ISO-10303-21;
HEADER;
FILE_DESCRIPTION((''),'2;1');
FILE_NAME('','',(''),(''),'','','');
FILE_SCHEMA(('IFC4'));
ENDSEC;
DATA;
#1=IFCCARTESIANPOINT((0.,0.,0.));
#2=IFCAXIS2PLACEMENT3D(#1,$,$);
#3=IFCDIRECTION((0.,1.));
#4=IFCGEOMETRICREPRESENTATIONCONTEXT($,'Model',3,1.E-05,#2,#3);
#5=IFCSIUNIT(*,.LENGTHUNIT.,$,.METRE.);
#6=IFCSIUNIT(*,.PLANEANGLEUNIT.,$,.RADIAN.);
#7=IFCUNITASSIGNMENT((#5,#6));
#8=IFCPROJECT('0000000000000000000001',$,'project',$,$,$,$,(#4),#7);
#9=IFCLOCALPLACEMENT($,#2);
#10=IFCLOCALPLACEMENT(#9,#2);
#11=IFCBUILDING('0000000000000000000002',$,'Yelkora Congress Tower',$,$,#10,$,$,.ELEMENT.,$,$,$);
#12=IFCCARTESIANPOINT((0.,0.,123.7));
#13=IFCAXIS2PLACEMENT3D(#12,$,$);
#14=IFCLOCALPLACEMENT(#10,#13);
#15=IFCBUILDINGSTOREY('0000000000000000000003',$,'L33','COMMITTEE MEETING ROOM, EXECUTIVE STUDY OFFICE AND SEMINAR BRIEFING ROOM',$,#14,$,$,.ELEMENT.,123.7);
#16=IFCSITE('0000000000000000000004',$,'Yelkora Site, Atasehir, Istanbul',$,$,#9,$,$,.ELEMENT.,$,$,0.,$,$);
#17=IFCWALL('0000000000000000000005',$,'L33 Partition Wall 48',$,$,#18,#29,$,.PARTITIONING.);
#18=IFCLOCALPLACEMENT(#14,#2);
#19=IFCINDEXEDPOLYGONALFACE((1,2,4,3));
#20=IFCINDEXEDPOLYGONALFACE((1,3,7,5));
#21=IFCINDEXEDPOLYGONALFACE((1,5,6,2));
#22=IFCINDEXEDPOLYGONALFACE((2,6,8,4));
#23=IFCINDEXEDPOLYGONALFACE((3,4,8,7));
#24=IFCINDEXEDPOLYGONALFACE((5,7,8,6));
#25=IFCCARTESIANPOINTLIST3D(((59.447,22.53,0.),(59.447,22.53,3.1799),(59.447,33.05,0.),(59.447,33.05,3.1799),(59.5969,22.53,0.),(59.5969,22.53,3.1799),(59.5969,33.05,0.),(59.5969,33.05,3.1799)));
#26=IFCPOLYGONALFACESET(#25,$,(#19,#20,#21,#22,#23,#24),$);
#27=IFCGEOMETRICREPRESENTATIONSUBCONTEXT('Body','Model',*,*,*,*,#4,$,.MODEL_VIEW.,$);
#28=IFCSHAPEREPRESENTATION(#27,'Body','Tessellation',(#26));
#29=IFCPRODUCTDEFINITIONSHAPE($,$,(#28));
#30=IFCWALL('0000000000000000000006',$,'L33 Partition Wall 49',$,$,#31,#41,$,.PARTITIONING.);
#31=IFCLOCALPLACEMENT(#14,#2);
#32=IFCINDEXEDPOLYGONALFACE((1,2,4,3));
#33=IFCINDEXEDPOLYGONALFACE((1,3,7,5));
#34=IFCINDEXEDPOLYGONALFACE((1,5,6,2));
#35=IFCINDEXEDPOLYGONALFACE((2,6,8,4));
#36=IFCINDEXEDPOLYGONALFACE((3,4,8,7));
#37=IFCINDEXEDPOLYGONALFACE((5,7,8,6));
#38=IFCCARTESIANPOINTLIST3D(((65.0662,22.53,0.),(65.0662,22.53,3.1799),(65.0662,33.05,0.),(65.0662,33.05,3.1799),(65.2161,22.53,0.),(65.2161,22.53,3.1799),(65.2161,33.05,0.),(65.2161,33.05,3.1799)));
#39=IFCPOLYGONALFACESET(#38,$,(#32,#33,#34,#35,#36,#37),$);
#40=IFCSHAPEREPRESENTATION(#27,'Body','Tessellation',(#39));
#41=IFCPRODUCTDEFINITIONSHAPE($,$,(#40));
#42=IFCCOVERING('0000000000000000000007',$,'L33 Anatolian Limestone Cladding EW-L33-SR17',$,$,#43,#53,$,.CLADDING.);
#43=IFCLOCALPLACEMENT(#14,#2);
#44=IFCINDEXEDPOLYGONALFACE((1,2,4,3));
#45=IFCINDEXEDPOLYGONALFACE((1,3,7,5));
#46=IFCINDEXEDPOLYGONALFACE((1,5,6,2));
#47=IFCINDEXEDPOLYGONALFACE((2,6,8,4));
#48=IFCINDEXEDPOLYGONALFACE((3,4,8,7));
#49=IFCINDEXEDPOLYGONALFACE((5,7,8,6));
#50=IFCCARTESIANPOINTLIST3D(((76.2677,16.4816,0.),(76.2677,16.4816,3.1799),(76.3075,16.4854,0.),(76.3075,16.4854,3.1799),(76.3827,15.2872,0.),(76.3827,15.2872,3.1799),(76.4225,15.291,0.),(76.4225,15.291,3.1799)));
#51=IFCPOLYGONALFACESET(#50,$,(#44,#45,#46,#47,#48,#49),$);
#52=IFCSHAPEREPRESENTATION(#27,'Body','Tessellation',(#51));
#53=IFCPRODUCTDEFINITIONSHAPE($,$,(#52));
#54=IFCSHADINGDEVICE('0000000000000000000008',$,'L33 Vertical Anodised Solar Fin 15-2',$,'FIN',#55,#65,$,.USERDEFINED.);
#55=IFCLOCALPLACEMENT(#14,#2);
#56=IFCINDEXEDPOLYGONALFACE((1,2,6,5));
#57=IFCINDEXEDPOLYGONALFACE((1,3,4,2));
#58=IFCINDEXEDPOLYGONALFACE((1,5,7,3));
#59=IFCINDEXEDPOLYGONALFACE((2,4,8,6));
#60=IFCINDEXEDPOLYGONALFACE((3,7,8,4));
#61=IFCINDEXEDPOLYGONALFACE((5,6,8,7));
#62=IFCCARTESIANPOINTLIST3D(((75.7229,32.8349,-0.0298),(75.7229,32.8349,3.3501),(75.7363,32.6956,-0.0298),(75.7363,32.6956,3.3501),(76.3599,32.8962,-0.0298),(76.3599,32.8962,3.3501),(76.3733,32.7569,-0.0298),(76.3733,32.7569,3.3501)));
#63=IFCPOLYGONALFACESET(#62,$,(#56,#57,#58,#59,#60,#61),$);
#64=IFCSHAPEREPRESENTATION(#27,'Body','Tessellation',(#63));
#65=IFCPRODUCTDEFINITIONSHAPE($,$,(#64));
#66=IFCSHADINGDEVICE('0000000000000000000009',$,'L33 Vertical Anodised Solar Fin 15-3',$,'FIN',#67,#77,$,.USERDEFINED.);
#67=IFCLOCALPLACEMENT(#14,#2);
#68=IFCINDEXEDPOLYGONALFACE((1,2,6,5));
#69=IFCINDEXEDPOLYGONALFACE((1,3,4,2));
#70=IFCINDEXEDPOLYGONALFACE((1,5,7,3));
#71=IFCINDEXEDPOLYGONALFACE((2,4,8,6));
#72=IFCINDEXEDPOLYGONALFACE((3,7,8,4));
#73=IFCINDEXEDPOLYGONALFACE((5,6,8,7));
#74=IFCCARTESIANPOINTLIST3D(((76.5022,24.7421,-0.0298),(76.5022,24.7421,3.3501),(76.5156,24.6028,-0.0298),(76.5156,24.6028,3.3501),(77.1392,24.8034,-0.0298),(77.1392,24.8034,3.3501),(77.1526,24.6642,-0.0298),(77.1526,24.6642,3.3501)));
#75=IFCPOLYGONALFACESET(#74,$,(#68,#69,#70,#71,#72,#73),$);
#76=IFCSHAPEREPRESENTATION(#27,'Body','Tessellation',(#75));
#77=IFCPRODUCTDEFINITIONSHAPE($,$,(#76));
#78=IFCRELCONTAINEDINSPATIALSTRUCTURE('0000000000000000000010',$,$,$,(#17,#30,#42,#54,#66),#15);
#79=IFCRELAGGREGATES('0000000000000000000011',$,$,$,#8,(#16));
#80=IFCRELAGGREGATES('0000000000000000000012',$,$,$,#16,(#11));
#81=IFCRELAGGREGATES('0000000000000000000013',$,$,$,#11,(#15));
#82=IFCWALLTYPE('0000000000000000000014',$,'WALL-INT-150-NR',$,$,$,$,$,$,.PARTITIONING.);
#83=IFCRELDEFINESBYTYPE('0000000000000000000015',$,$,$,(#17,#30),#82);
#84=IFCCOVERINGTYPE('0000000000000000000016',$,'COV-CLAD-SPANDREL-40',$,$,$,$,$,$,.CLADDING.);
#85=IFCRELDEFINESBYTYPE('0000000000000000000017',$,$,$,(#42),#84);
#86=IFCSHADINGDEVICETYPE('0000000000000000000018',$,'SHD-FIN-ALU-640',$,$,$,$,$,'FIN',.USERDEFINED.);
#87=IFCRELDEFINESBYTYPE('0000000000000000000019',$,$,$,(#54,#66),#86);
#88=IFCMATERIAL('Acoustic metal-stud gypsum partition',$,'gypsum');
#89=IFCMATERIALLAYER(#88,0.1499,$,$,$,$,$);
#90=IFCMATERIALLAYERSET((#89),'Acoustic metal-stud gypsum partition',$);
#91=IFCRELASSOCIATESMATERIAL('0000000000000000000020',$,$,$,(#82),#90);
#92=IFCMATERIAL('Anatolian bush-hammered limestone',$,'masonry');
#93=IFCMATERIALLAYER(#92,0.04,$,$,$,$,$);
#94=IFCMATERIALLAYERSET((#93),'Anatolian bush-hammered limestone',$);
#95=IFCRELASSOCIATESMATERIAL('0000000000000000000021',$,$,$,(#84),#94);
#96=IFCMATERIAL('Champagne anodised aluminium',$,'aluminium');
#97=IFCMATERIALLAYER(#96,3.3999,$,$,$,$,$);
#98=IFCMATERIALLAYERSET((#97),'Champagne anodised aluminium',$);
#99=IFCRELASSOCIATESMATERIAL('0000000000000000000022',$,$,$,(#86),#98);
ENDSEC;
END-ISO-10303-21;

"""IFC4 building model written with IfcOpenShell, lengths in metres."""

from ifc_helpers import new_model, si_unit, direction, frame, frame_2d, origin, origin_2d, place, context, subcontext, project, spatial, rectangle, extrude, material, layer, layer_set, type_object, element, save


model = new_model("IFC4")

# Units and contexts
model_context = context("Model", 3, precision=1e-05, world=origin(), true_north=direction((0.0, 1.0)))
body_context = subcontext(model_context, "Body", "Model", "MODEL_VIEW")
ifc_project = project(units=[si_unit("LENGTHUNIT", "METRE"), si_unit("PLANEANGLEUNIT", "RADIAN")], contexts=[model_context])

# Site, building, storey
site_placement = place(None, origin())
site = spatial("IfcSite", under=ifc_project, at=site_placement, Name="Yelkora Site, Atasehir, Istanbul", CompositionType="ELEMENT", RefElevation=0.0)
building_placement = place(site_placement, origin())
building = spatial("IfcBuilding", under=site, at=building_placement, Name="Yelkora Congress Tower", CompositionType="ELEMENT")
storey_placement = place(building_placement, frame((0.0, 0.0, 123.7)))
storey = spatial("IfcBuildingStorey", under=building, at=storey_placement, Name="L33", Description="COMMITTEE MEETING ROOM, EXECUTIVE STUDY OFFICE AND SEMINAR BRIEFING ROOM", CompositionType="ELEMENT", Elevation=123.7)

# Shared definitions
ifc_material_1 = material(Name="Acoustic metal-stud gypsum partition", Category="gypsum")
ifc_layer_1 = layer(ifc_material_1, 0.1499)
ifc_layer_set_1 = layer_set([ifc_layer_1], Name="Acoustic metal-stud gypsum partition")
wall_type_1 = type_object("IfcWallType", Name="WALL-INT-150-NR", PredefinedType="PARTITIONING", material=ifc_layer_set_1)

# Walls
for number, where, z_axis, x_axis, name in (
    (1, (59.522, 22.53, 0.0), (0.0, 0.0, 1.0), (0.0, 1.0, 0.0), "L33 Partition Wall 48"),
    (2, (65.1411, 22.53, 0.0), (0.0, 0.0, 1.0), (0.0, 1.0, 0.0), "L33 Partition Wall 49"),
):
    element("IfcWall", number, at=place(storey_placement, frame(where, z_axis=z_axis, x_axis=x_axis)), inside=storey, type_object=wall_type_1, Name=name, PredefinedType="PARTITIONING", context=body_context, shape_type="SweptSolid", body=[
        extrude(rectangle(XDim=10.52, YDim=0.1499, at=frame_2d((5.26, 0.0))), origin(), (0.0, 0.0, 1.0), 3.1799),
    ])

# Covering
ifc_material_2 = material(Name="Anatolian bush-hammered limestone", Category="masonry")
ifc_layer_2 = layer(ifc_material_2, 0.04)
ifc_layer_set_2 = layer_set([ifc_layer_2], Name="Anatolian bush-hammered limestone")
covering_type = type_object("IfcCoveringType", Name="COV-CLAD-SPANDREL-40", PredefinedType="CLADDING", material=ifc_layer_set_2)
covering_placement = place(storey_placement, frame((76.2876, 16.4836, 0.0), z_axis=(0.0, 0.0, 1.0), x_axis=(0.095836, -0.995397, 0.0)))
element("IfcCovering", 3, at=covering_placement, inside=storey, type_object=covering_type, Name="L33 Anatolian Limestone Cladding EW-L33-SR17", PredefinedType="CLADDING", context=body_context, shape_type="SweptSolid", body=[
    extrude(rectangle(XDim=1.2, YDim=0.04, at=frame_2d((0.6001, 0.0))), origin(), (0.0, 0.0, 1.0), 3.1799),
])

# Shading devices
ifc_material_3 = material(Name="Champagne anodised aluminium", Category="aluminium")
ifc_layer_3 = layer(ifc_material_3, 3.3999)
ifc_layer_set_3 = layer_set([ifc_layer_3], Name="Champagne anodised aluminium")
shading_device_type = type_object("IfcShadingDeviceType", Name="SHD-FIN-ALU-640", ElementType="FIN", PredefinedType="USERDEFINED", material=ifc_layer_set_3)
for number, where, z_axis, x_axis, name in (
    (4, (76.0481, 32.7959, -0.0298), (0.0, 0.0, 1.0), (0.095846, -0.995396, 0.0), "L33 Vertical Anodised Solar Fin 15-2"),
    (5, (76.8274, 24.7031, -0.0298), (0.0, 0.0, 1.0), (0.095846, -0.995396, 0.0), "L33 Vertical Anodised Solar Fin 15-3"),
):
    element("IfcShadingDevice", number, at=place(storey_placement, frame(where, z_axis=z_axis, x_axis=x_axis)), inside=storey, type_object=shading_device_type, Name=name, ObjectType="FIN", PredefinedType="USERDEFINED", context=body_context, shape_type="SweptSolid", body=[
        extrude(rectangle(XDim=0.1399, YDim=0.6399, at=origin_2d()), origin(), (0.0, 0.0, 1.0), 3.3799),
    ])

save(model, "model.ifc")
